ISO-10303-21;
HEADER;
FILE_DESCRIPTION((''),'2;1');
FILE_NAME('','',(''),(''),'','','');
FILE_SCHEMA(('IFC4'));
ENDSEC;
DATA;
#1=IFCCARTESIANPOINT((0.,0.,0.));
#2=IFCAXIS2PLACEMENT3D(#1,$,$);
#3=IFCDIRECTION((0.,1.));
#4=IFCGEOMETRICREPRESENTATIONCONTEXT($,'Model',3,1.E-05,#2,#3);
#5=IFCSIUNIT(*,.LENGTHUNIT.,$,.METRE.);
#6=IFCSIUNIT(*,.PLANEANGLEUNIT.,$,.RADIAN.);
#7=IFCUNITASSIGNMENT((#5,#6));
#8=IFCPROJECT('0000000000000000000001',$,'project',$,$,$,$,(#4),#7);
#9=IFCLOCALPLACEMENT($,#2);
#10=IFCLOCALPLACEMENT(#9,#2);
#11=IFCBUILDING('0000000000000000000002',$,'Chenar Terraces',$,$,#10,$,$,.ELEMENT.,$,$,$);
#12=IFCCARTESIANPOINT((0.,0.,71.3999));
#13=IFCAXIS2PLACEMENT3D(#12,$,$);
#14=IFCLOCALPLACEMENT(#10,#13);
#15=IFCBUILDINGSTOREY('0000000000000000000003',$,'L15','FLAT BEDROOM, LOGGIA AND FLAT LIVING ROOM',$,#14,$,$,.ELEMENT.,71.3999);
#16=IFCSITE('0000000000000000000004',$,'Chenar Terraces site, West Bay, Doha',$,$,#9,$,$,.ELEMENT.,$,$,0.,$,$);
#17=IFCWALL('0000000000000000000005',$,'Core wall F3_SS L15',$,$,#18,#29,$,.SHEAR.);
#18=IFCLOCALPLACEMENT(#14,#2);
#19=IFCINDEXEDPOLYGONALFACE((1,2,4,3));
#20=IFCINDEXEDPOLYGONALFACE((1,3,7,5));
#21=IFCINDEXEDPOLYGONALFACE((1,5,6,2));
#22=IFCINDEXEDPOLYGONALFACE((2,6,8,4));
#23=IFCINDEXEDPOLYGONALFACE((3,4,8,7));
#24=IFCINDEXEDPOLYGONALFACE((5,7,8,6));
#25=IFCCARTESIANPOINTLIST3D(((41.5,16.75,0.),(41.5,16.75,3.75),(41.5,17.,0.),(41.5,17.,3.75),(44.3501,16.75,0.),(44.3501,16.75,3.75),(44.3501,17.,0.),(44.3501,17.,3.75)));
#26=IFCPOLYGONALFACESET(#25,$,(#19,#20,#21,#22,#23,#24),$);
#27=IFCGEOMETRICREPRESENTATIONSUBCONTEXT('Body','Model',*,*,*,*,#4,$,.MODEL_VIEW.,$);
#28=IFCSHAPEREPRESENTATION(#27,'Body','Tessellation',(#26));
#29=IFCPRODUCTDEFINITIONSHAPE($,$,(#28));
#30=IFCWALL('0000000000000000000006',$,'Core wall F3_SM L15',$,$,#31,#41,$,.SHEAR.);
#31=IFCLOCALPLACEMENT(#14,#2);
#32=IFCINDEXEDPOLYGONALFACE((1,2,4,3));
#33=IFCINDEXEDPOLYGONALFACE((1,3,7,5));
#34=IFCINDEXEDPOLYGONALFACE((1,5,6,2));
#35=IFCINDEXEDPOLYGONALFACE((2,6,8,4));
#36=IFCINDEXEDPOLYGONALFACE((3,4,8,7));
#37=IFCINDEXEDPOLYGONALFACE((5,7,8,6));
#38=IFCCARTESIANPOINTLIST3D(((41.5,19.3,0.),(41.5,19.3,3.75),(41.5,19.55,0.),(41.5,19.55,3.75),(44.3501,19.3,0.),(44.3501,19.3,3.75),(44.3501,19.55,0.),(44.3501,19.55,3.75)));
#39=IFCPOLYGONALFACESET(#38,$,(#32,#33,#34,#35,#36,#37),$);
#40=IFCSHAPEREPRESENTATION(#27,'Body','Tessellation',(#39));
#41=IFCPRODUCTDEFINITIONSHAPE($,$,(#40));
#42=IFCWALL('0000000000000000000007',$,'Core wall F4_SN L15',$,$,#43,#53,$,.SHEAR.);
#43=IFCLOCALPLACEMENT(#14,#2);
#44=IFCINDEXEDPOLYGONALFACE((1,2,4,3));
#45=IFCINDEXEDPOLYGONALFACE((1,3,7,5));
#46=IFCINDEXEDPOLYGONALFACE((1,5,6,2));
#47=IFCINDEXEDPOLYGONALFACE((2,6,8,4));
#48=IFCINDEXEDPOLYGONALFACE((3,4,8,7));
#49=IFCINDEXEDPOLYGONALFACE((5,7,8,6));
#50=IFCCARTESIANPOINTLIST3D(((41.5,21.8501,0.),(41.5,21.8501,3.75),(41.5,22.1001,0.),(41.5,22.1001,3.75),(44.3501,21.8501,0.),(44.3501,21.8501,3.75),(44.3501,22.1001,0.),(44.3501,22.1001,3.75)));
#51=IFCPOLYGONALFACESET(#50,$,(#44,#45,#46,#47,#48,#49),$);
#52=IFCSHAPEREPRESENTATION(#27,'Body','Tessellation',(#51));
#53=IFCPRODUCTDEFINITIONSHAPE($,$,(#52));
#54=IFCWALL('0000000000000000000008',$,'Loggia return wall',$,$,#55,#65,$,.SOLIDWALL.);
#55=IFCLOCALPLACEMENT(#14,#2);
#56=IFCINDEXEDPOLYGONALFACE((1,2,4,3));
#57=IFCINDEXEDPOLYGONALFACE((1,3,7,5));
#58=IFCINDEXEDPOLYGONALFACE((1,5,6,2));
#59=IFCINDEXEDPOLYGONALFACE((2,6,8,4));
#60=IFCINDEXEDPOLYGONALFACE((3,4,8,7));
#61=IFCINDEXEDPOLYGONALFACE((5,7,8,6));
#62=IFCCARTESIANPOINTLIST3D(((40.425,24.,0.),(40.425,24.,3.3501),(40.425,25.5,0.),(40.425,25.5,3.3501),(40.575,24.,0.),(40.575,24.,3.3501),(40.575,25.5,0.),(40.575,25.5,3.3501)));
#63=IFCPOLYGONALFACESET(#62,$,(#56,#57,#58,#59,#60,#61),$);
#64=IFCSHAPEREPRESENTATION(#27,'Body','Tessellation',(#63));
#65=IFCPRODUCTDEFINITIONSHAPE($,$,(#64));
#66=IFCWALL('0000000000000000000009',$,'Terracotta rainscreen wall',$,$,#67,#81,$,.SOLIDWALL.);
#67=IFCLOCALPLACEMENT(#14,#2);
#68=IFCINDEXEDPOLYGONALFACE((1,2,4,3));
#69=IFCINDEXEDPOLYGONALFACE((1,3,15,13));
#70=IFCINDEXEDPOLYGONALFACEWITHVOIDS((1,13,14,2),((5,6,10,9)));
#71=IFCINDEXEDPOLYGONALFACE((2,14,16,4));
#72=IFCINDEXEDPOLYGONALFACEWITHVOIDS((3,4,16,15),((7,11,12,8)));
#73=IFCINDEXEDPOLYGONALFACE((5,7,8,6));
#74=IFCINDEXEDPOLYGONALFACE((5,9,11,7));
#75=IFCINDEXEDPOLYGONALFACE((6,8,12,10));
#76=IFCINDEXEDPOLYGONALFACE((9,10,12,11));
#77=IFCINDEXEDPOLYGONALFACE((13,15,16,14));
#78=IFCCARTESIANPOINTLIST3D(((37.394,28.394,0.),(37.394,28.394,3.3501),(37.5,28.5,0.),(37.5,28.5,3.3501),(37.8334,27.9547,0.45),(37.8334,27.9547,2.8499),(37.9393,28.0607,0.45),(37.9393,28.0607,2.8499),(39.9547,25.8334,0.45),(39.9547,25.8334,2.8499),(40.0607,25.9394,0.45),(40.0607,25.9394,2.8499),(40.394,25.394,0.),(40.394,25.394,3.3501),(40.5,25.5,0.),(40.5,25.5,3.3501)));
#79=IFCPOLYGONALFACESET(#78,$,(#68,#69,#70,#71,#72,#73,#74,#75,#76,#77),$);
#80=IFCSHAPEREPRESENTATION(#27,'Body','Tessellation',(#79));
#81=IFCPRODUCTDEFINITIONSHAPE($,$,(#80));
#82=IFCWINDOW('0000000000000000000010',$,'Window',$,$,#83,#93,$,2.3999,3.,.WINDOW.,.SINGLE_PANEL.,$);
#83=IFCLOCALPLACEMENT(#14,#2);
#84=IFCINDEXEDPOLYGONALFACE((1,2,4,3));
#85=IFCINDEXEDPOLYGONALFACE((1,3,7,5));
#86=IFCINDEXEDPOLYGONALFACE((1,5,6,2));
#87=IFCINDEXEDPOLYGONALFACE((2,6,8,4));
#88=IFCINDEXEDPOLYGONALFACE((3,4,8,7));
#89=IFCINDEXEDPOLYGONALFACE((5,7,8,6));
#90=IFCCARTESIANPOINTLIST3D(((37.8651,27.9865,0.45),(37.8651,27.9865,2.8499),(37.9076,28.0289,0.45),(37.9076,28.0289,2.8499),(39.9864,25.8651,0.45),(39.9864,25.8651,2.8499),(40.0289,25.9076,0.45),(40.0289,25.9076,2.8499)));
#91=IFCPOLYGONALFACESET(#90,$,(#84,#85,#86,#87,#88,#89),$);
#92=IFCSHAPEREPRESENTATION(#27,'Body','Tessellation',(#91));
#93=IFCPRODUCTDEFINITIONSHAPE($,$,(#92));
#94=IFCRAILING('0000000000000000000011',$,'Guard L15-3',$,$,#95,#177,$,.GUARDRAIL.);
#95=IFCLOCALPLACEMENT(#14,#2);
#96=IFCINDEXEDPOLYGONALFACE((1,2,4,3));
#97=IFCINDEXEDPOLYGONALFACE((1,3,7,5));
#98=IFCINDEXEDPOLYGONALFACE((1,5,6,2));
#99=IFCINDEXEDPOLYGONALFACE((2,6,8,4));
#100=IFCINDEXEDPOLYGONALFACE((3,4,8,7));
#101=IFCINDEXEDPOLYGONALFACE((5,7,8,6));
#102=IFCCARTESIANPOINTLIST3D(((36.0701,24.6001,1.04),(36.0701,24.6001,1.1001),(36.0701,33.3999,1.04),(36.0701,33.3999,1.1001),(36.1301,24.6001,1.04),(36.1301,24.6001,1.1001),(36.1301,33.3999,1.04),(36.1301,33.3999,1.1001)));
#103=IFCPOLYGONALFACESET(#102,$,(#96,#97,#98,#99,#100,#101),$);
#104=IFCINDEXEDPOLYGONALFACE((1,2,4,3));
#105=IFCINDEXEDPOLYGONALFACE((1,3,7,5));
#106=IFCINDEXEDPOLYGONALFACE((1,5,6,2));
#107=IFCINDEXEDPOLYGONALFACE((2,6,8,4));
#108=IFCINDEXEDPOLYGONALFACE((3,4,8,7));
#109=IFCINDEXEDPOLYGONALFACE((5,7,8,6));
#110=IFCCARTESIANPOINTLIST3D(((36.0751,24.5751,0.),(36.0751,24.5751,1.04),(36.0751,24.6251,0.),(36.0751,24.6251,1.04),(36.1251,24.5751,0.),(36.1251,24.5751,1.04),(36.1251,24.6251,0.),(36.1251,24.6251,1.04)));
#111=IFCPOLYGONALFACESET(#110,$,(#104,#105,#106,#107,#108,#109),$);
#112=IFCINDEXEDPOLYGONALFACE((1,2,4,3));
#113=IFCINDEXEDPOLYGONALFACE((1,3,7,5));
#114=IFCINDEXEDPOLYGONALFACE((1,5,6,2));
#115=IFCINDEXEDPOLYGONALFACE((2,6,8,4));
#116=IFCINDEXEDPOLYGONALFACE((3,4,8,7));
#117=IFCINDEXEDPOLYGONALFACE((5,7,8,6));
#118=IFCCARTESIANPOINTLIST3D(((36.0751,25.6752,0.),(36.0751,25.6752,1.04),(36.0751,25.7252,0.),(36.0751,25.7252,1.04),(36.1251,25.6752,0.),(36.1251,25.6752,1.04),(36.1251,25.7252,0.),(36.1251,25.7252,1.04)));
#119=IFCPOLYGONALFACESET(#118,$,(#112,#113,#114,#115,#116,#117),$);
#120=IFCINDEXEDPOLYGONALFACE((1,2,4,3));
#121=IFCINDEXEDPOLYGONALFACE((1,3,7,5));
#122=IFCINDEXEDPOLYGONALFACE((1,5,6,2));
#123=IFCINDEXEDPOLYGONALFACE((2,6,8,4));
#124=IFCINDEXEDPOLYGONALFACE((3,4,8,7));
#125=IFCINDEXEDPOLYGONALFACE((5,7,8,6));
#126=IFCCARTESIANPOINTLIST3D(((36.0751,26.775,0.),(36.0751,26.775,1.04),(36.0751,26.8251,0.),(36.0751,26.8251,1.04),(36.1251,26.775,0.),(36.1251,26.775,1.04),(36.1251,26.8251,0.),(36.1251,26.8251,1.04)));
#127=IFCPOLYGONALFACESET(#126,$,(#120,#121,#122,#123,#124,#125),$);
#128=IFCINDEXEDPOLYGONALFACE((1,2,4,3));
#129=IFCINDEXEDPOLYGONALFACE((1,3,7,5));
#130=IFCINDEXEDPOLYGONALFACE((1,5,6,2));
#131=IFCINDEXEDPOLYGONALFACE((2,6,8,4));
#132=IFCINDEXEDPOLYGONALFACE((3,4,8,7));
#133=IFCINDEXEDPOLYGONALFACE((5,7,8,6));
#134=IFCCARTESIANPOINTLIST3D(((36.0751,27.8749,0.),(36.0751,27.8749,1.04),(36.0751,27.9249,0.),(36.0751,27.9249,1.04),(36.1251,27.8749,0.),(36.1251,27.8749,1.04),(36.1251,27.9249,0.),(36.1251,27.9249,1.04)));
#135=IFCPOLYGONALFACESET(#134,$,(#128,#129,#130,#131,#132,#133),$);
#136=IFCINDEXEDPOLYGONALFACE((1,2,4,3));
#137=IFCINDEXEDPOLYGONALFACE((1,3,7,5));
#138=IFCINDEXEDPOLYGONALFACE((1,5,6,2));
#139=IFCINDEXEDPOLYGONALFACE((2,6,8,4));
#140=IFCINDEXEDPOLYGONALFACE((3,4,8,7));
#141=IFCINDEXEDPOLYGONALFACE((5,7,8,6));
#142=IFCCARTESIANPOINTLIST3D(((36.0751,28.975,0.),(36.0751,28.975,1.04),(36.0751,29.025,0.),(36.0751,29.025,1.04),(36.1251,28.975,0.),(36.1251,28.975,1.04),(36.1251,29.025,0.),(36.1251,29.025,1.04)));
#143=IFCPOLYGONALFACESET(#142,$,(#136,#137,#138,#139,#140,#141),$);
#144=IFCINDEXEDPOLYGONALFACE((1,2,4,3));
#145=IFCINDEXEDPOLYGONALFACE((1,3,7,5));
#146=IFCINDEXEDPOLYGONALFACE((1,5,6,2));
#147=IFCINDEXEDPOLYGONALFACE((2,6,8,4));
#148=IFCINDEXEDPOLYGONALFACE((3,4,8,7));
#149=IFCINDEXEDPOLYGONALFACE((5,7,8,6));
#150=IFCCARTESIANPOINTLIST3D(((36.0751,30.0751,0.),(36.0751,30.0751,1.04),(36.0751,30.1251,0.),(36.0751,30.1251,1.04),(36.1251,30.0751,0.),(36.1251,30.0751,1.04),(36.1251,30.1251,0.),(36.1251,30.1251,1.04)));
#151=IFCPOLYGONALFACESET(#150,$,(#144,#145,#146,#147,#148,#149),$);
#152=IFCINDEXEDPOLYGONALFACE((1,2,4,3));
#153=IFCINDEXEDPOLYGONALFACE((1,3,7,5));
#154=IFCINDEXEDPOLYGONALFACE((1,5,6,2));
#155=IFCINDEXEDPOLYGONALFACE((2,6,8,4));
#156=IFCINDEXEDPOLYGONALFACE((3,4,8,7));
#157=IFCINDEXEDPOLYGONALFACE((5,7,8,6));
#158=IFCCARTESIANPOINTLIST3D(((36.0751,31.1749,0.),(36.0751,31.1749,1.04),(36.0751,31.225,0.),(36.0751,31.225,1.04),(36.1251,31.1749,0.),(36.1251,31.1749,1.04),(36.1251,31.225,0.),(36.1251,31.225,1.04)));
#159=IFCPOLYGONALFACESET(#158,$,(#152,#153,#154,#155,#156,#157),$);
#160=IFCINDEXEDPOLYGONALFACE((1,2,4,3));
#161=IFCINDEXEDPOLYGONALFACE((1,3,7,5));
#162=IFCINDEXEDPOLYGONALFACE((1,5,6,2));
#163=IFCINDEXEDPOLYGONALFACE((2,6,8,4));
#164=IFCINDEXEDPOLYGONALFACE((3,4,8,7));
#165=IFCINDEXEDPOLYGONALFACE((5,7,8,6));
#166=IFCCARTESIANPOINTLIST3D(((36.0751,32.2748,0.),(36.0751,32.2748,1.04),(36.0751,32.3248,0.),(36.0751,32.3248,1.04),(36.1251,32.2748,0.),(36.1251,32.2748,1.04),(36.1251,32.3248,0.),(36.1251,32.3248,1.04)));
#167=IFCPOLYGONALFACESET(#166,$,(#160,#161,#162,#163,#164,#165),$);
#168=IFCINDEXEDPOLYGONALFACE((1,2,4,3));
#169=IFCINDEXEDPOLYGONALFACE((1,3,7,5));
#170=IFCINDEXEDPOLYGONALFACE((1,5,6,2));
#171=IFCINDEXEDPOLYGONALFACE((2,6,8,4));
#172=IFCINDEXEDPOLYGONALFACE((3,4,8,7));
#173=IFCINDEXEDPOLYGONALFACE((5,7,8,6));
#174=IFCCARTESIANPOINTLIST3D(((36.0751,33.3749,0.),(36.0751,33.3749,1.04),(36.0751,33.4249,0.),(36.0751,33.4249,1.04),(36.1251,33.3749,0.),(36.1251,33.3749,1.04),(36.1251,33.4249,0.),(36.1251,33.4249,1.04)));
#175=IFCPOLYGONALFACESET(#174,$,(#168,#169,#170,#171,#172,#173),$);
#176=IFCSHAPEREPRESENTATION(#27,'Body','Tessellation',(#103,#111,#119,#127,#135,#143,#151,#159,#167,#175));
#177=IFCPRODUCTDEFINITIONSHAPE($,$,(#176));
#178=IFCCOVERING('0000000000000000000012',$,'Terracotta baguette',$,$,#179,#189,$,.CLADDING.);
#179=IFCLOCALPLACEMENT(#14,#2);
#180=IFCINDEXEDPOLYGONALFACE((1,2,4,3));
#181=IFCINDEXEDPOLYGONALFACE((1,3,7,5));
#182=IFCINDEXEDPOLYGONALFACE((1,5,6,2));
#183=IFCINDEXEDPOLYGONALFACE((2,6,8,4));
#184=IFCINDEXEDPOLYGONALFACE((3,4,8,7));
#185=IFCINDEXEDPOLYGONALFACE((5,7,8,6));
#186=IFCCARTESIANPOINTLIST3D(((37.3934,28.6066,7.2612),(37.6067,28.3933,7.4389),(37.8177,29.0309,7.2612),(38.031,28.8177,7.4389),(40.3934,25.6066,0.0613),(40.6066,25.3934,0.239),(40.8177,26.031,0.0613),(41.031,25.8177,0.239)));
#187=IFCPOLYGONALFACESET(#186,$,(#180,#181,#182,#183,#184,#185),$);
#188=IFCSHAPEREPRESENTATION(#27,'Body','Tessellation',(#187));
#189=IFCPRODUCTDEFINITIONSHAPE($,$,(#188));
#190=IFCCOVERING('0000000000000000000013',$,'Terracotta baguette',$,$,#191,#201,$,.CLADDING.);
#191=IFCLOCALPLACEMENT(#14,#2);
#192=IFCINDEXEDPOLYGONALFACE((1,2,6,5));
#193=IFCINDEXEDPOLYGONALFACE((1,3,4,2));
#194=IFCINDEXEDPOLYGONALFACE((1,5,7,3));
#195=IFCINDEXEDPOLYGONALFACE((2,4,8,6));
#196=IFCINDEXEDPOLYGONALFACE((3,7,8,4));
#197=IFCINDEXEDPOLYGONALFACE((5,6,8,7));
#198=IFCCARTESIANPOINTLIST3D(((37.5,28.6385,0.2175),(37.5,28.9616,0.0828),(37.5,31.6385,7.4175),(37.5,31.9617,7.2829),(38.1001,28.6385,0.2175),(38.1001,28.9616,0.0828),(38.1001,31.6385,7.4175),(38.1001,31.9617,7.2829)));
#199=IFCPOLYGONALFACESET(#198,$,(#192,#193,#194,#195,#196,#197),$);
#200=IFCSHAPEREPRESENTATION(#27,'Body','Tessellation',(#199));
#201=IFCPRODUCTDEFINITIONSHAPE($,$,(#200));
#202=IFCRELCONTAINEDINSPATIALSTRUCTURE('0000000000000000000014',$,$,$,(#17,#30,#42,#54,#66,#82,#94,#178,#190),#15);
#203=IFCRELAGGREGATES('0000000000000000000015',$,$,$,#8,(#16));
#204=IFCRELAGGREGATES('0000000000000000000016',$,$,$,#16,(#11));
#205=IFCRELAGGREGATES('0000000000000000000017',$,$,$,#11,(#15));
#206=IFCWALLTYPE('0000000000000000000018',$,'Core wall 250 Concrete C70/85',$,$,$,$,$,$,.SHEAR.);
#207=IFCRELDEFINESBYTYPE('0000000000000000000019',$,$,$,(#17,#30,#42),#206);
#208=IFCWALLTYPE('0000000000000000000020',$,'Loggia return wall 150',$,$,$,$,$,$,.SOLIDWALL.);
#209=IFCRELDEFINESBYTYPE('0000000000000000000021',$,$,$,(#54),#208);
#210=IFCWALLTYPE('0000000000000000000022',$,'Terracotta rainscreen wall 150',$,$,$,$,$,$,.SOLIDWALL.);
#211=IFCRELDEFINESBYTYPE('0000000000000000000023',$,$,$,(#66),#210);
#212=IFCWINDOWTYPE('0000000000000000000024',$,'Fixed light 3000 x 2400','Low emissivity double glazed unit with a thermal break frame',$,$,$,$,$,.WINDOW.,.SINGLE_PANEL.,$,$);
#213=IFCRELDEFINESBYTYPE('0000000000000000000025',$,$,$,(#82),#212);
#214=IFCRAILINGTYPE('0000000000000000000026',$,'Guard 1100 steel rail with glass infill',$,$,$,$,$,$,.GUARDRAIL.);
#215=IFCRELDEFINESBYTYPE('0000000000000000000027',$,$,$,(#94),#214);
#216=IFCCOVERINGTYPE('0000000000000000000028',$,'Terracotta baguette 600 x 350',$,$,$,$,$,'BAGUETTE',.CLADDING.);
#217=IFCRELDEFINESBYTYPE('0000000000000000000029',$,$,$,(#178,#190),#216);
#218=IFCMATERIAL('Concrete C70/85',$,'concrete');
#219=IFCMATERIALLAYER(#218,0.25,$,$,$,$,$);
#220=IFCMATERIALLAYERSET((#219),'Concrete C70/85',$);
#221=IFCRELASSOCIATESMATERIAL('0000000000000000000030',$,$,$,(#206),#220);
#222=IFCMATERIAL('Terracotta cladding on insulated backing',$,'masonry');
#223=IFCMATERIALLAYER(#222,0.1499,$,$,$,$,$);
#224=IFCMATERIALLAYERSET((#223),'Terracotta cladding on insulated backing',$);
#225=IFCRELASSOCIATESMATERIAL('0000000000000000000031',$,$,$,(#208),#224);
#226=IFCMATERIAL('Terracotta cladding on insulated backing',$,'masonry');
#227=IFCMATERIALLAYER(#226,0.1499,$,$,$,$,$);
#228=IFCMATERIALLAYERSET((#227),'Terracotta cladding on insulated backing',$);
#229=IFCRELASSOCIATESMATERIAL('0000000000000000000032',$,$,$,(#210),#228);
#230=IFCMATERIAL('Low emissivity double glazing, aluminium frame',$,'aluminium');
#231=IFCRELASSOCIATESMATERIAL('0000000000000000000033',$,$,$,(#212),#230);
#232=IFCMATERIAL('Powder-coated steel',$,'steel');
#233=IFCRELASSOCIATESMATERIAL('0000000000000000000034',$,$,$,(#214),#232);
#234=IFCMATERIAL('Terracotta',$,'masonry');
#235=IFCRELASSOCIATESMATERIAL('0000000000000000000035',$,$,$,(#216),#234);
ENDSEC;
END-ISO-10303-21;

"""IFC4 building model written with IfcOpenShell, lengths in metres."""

from ifc_helpers import new_model, si_unit, direction, frame, frame_2d, origin, origin_2d, place, context, subcontext, project, spatial, rectangle, extrude, material, layer, layer_set, material_profile, profile_set, type_object, element, fill, save


model = new_model("IFC4")

# Units and contexts
model_context = context("Model", 3, precision=1e-05, world=origin(), true_north=direction((0.0, 1.0)))
body_context = subcontext(model_context, "Body", "Model", "MODEL_VIEW")
ifc_project = project(units=[si_unit("LENGTHUNIT", "METRE"), si_unit("PLANEANGLEUNIT", "RADIAN")], contexts=[model_context])

# Site, building, storey
site_placement = place(None, origin())
site = spatial("IfcSite", under=ifc_project, at=site_placement, Name="Chenar Terraces site, West Bay, Doha", CompositionType="ELEMENT", RefElevation=0.0)
building_placement = place(site_placement, origin())
building = spatial("IfcBuilding", under=site, at=building_placement, Name="Chenar Terraces", CompositionType="ELEMENT")
storey_placement = place(building_placement, frame((0.0, 0.0, 71.3999)))
storey = spatial("IfcBuildingStorey", under=building, at=storey_placement, Name="L15", Description="FLAT BEDROOM, LOGGIA AND FLAT LIVING ROOM", CompositionType="ELEMENT", Elevation=71.3999)

# Walls
ifc_material_1 = material(Name="Concrete C70/85", Category="concrete")
ifc_layer_1 = layer(ifc_material_1, 0.25)
ifc_layer_set_1 = layer_set([ifc_layer_1], Name="Concrete C70/85")
wall_type_1 = type_object("IfcWallType", Name="Core wall 250 Concrete C70/85", PredefinedType="SHEAR", material=ifc_layer_set_1)
for number, where, z_axis, x_axis, name in (
    (1, (41.5, 16.875, 0.0), (0.0, 0.0, 1.0), (1.0, 0.0, 0.0), "Core wall F3_SS L15"),
    (2, (41.5, 19.425, 0.0), (0.0, 0.0, 1.0), (1.0, 0.0, 0.0), "Core wall F3_SM L15"),
    (3, (41.5, 21.9751, 0.0), (0.0, 0.0, 1.0), (1.0, 0.0, 0.0), "Core wall F4_SN L15"),
):
    element("IfcWall", number, at=place(storey_placement, frame(where, z_axis=z_axis, x_axis=x_axis)), inside=storey, type_object=wall_type_1, Name=name, PredefinedType="SHEAR", context=body_context, shape_type="SweptSolid", body=[
        extrude(rectangle(XDim=2.8501, YDim=0.25, at=frame_2d((1.425, 0.0))), origin(), (0.0, 0.0, 1.0), 3.75),
    ])
ifc_material_2 = material(Name="Terracotta cladding on insulated backing", Category="masonry")
ifc_layer_2 = layer(ifc_material_2, 0.1499)
ifc_layer_set_2 = layer_set([ifc_layer_2], Name="Terracotta cladding on insulated backing")
wall_type_2 = type_object("IfcWallType", Name="Loggia return wall 150", PredefinedType="SOLIDWALL", material=ifc_layer_set_2)
wall_1_placement = place(storey_placement, frame((40.5, 25.5, 0.0), z_axis=(0.0, 0.0, 1.0), x_axis=(0.0, -1.0, 0.0)))
element("IfcWall", 4, at=wall_1_placement, inside=storey, type_object=wall_type_2, Name="Loggia return wall", PredefinedType="SOLIDWALL", context=body_context, shape_type="SweptSolid", body=[
    extrude(rectangle(XDim=1.5, YDim=0.1499, at=frame_2d((0.75, 0.0))), origin(), (0.0, 0.0, 1.0), 3.3501),
])

# Wall, opening, window
ifc_material_3 = material(Name="Terracotta cladding on insulated backing", Category="masonry")
ifc_layer_3 = layer(ifc_material_3, 0.1499)
ifc_layer_set_3 = layer_set([ifc_layer_3], Name="Terracotta cladding on insulated backing")
wall_type_3 = type_object("IfcWallType", Name="Terracotta rainscreen wall 150", PredefinedType="SOLIDWALL", material=ifc_layer_set_3)
wall_2_placement = place(storey_placement, frame((40.447, 25.447, 0.0), z_axis=(0.0, 0.0, 1.0), x_axis=(-0.707107, 0.707107, 0.0)))
wall_2 = element("IfcWall", 5, at=wall_2_placement, inside=storey, type_object=wall_type_3, Name="Terracotta rainscreen wall", PredefinedType="SOLIDWALL", context=body_context, shape_type="SweptSolid", body=[
    extrude(rectangle(XDim=4.2427, YDim=0.1499, at=frame_2d((2.1213, 0.0))), origin(), (0.0, 0.0, 1.0), 3.3501),
])
opening_1_placement = place(wall_2_placement, frame((0.6213, 0.0, 0.45)))
opening_1 = element("IfcOpeningElement", 6, at=opening_1_placement, cuts=wall_2, PredefinedType="OPENING", context=body_context, shape_type="SweptSolid", body=[
    extrude(rectangle(XDim=3.0, YDim=2.3999, at=frame_2d((1.5, 1.2))), frame((0.0, 0.085, 0.0), z_axis=(0.0, -1.0, 0.0), x_axis=(1.0, 0.0, 0.0)), (0.0, 0.0, 1.0), 0.1699),
])
ifc_material_4 = material(Name="Low emissivity double glazing, aluminium frame", Category="aluminium")
window_type = type_object("IfcWindowType", Name="Fixed light 3000 x 2400", Description="Low emissivity double glazed unit with a thermal break frame", PartitioningType="SINGLE_PANEL", PredefinedType="WINDOW", material=ifc_material_4)
window_placement = place(opening_1_placement, origin())
window = element("IfcWindow", 7, at=window_placement, inside=storey, type_object=window_type, Name="Window", OverallHeight=2.3999, OverallWidth=3.0, PartitioningType="SINGLE_PANEL", PredefinedType="WINDOW", context=body_context, shape_type="SweptSolid", body=[
    extrude(rectangle(XDim=3.0, YDim=2.3999, at=frame_2d((1.5, 1.2))), frame((0.0, 0.03, 0.0), z_axis=(0.0, -1.0, 0.0), x_axis=(1.0, 0.0, 0.0)), (0.0, 0.0, 1.0), 0.0601),
])
fill(opening_1, window)

# Railing
ifc_material_5 = material(Name="Powder-coated steel", Category="steel")
railing_type = type_object("IfcRailingType", Name="Guard 1100 steel rail with glass infill", PredefinedType="GUARDRAIL", material=ifc_material_5)
railing_placement = place(storey_placement, frame((36.1001, 24.6001, 0.0)))
element("IfcRailing", 8, at=railing_placement, inside=storey, type_object=railing_type, Name="Guard L15-3", PredefinedType="GUARDRAIL", context=body_context, shape_type="SweptSolid", body=[
    extrude(rectangle(XDim=0.0601, YDim=0.0601, at=origin_2d()), frame((0.0, 0.0, 1.0701), z_axis=(0.0, 1.0, 0.0), x_axis=(-1.0, 0.0, 0.0)), (0.0, 0.0, 1.0), 8.7998),
    extrude(rectangle(XDim=0.05, YDim=0.05, at=origin_2d()), origin(), (0.0, 0.0, 1.0), 1.04),
    extrude(rectangle(XDim=0.05, YDim=0.05, at=origin_2d()), frame((0.0, 1.1001, 0.0)), (0.0, 0.0, 1.0), 1.04),
    extrude(rectangle(XDim=0.05, YDim=0.05, at=origin_2d()), frame((0.0, 2.2, 0.0)), (0.0, 0.0, 1.0), 1.04),
    extrude(rectangle(XDim=0.05, YDim=0.05, at=origin_2d()), frame((0.0, 3.2998, 0.0)), (0.0, 0.0, 1.0), 1.04),
    extrude(rectangle(XDim=0.05, YDim=0.05, at=origin_2d()), frame((0.0, 4.3999, 0.0)), (0.0, 0.0, 1.0), 1.04),
    extrude(rectangle(XDim=0.05, YDim=0.05, at=origin_2d()), frame((0.0, 5.5, 0.0)), (0.0, 0.0, 1.0), 1.04),
    extrude(rectangle(XDim=0.05, YDim=0.05, at=origin_2d()), frame((0.0, 6.5999, 0.0)), (0.0, 0.0, 1.0), 1.04),
    extrude(rectangle(XDim=0.05, YDim=0.05, at=origin_2d()), frame((0.0, 7.6997, 0.0)), (0.0, 0.0, 1.0), 1.04),
    extrude(rectangle(XDim=0.05, YDim=0.05, at=origin_2d()), frame((0.0, 8.7998, 0.0)), (0.0, 0.0, 1.0), 1.04),
])

# Coverings
ifc_material_6 = material(Name="Terracotta", Category="masonry")
ifc_material_profile_1 = material_profile(ifc_material_6, rectangle(XDim=0.6001, YDim=0.3501, at=origin_2d()), Name="Terracotta baguette 600 x 350")
ifc_profile_set_1 = profile_set([ifc_material_profile_1], Name="Terracotta")
covering_type = type_object("IfcCoveringType", Name="Terracotta baguette 600 x 350", ElementType="BAGUETTE", PredefinedType="CLADDING", material=ifc_profile_set_1)
covering_1_placement = place(storey_placement, frame((40.7122, 25.7122, 0.1501), z_axis=(-0.358981, 0.358981, 0.861548), x_axis=(-0.707107, -0.707107, 0.0)))
element("IfcCovering", 9, at=covering_1_placement, inside=storey, type_object=covering_type, Name="Terracotta baguette", PredefinedType="CLADDING", context=body_context, shape_type="SweptSolid", body=[
    extrude(rectangle(XDim=0.6001, YDim=0.3501, at=origin_2d()), origin(), (0.0, 0.0, 1.0), 8.3569),
])
covering_2_placement = place(storey_placement, frame((37.8, 28.8, 0.1501), z_axis=(0.0, 0.384618, 0.923076), x_axis=(-1.0, 0.0, 0.0)))
element("IfcCovering", 10, at=covering_2_placement, inside=storey, type_object=covering_type, Name="Terracotta baguette", PredefinedType="CLADDING", context=body_context, shape_type="SweptSolid", body=[
    extrude(rectangle(XDim=0.6001, YDim=0.3501, at=origin_2d()), origin(), (0.0, 0.0, 1.0), 7.8),
])

save(model, "model.ifc")
